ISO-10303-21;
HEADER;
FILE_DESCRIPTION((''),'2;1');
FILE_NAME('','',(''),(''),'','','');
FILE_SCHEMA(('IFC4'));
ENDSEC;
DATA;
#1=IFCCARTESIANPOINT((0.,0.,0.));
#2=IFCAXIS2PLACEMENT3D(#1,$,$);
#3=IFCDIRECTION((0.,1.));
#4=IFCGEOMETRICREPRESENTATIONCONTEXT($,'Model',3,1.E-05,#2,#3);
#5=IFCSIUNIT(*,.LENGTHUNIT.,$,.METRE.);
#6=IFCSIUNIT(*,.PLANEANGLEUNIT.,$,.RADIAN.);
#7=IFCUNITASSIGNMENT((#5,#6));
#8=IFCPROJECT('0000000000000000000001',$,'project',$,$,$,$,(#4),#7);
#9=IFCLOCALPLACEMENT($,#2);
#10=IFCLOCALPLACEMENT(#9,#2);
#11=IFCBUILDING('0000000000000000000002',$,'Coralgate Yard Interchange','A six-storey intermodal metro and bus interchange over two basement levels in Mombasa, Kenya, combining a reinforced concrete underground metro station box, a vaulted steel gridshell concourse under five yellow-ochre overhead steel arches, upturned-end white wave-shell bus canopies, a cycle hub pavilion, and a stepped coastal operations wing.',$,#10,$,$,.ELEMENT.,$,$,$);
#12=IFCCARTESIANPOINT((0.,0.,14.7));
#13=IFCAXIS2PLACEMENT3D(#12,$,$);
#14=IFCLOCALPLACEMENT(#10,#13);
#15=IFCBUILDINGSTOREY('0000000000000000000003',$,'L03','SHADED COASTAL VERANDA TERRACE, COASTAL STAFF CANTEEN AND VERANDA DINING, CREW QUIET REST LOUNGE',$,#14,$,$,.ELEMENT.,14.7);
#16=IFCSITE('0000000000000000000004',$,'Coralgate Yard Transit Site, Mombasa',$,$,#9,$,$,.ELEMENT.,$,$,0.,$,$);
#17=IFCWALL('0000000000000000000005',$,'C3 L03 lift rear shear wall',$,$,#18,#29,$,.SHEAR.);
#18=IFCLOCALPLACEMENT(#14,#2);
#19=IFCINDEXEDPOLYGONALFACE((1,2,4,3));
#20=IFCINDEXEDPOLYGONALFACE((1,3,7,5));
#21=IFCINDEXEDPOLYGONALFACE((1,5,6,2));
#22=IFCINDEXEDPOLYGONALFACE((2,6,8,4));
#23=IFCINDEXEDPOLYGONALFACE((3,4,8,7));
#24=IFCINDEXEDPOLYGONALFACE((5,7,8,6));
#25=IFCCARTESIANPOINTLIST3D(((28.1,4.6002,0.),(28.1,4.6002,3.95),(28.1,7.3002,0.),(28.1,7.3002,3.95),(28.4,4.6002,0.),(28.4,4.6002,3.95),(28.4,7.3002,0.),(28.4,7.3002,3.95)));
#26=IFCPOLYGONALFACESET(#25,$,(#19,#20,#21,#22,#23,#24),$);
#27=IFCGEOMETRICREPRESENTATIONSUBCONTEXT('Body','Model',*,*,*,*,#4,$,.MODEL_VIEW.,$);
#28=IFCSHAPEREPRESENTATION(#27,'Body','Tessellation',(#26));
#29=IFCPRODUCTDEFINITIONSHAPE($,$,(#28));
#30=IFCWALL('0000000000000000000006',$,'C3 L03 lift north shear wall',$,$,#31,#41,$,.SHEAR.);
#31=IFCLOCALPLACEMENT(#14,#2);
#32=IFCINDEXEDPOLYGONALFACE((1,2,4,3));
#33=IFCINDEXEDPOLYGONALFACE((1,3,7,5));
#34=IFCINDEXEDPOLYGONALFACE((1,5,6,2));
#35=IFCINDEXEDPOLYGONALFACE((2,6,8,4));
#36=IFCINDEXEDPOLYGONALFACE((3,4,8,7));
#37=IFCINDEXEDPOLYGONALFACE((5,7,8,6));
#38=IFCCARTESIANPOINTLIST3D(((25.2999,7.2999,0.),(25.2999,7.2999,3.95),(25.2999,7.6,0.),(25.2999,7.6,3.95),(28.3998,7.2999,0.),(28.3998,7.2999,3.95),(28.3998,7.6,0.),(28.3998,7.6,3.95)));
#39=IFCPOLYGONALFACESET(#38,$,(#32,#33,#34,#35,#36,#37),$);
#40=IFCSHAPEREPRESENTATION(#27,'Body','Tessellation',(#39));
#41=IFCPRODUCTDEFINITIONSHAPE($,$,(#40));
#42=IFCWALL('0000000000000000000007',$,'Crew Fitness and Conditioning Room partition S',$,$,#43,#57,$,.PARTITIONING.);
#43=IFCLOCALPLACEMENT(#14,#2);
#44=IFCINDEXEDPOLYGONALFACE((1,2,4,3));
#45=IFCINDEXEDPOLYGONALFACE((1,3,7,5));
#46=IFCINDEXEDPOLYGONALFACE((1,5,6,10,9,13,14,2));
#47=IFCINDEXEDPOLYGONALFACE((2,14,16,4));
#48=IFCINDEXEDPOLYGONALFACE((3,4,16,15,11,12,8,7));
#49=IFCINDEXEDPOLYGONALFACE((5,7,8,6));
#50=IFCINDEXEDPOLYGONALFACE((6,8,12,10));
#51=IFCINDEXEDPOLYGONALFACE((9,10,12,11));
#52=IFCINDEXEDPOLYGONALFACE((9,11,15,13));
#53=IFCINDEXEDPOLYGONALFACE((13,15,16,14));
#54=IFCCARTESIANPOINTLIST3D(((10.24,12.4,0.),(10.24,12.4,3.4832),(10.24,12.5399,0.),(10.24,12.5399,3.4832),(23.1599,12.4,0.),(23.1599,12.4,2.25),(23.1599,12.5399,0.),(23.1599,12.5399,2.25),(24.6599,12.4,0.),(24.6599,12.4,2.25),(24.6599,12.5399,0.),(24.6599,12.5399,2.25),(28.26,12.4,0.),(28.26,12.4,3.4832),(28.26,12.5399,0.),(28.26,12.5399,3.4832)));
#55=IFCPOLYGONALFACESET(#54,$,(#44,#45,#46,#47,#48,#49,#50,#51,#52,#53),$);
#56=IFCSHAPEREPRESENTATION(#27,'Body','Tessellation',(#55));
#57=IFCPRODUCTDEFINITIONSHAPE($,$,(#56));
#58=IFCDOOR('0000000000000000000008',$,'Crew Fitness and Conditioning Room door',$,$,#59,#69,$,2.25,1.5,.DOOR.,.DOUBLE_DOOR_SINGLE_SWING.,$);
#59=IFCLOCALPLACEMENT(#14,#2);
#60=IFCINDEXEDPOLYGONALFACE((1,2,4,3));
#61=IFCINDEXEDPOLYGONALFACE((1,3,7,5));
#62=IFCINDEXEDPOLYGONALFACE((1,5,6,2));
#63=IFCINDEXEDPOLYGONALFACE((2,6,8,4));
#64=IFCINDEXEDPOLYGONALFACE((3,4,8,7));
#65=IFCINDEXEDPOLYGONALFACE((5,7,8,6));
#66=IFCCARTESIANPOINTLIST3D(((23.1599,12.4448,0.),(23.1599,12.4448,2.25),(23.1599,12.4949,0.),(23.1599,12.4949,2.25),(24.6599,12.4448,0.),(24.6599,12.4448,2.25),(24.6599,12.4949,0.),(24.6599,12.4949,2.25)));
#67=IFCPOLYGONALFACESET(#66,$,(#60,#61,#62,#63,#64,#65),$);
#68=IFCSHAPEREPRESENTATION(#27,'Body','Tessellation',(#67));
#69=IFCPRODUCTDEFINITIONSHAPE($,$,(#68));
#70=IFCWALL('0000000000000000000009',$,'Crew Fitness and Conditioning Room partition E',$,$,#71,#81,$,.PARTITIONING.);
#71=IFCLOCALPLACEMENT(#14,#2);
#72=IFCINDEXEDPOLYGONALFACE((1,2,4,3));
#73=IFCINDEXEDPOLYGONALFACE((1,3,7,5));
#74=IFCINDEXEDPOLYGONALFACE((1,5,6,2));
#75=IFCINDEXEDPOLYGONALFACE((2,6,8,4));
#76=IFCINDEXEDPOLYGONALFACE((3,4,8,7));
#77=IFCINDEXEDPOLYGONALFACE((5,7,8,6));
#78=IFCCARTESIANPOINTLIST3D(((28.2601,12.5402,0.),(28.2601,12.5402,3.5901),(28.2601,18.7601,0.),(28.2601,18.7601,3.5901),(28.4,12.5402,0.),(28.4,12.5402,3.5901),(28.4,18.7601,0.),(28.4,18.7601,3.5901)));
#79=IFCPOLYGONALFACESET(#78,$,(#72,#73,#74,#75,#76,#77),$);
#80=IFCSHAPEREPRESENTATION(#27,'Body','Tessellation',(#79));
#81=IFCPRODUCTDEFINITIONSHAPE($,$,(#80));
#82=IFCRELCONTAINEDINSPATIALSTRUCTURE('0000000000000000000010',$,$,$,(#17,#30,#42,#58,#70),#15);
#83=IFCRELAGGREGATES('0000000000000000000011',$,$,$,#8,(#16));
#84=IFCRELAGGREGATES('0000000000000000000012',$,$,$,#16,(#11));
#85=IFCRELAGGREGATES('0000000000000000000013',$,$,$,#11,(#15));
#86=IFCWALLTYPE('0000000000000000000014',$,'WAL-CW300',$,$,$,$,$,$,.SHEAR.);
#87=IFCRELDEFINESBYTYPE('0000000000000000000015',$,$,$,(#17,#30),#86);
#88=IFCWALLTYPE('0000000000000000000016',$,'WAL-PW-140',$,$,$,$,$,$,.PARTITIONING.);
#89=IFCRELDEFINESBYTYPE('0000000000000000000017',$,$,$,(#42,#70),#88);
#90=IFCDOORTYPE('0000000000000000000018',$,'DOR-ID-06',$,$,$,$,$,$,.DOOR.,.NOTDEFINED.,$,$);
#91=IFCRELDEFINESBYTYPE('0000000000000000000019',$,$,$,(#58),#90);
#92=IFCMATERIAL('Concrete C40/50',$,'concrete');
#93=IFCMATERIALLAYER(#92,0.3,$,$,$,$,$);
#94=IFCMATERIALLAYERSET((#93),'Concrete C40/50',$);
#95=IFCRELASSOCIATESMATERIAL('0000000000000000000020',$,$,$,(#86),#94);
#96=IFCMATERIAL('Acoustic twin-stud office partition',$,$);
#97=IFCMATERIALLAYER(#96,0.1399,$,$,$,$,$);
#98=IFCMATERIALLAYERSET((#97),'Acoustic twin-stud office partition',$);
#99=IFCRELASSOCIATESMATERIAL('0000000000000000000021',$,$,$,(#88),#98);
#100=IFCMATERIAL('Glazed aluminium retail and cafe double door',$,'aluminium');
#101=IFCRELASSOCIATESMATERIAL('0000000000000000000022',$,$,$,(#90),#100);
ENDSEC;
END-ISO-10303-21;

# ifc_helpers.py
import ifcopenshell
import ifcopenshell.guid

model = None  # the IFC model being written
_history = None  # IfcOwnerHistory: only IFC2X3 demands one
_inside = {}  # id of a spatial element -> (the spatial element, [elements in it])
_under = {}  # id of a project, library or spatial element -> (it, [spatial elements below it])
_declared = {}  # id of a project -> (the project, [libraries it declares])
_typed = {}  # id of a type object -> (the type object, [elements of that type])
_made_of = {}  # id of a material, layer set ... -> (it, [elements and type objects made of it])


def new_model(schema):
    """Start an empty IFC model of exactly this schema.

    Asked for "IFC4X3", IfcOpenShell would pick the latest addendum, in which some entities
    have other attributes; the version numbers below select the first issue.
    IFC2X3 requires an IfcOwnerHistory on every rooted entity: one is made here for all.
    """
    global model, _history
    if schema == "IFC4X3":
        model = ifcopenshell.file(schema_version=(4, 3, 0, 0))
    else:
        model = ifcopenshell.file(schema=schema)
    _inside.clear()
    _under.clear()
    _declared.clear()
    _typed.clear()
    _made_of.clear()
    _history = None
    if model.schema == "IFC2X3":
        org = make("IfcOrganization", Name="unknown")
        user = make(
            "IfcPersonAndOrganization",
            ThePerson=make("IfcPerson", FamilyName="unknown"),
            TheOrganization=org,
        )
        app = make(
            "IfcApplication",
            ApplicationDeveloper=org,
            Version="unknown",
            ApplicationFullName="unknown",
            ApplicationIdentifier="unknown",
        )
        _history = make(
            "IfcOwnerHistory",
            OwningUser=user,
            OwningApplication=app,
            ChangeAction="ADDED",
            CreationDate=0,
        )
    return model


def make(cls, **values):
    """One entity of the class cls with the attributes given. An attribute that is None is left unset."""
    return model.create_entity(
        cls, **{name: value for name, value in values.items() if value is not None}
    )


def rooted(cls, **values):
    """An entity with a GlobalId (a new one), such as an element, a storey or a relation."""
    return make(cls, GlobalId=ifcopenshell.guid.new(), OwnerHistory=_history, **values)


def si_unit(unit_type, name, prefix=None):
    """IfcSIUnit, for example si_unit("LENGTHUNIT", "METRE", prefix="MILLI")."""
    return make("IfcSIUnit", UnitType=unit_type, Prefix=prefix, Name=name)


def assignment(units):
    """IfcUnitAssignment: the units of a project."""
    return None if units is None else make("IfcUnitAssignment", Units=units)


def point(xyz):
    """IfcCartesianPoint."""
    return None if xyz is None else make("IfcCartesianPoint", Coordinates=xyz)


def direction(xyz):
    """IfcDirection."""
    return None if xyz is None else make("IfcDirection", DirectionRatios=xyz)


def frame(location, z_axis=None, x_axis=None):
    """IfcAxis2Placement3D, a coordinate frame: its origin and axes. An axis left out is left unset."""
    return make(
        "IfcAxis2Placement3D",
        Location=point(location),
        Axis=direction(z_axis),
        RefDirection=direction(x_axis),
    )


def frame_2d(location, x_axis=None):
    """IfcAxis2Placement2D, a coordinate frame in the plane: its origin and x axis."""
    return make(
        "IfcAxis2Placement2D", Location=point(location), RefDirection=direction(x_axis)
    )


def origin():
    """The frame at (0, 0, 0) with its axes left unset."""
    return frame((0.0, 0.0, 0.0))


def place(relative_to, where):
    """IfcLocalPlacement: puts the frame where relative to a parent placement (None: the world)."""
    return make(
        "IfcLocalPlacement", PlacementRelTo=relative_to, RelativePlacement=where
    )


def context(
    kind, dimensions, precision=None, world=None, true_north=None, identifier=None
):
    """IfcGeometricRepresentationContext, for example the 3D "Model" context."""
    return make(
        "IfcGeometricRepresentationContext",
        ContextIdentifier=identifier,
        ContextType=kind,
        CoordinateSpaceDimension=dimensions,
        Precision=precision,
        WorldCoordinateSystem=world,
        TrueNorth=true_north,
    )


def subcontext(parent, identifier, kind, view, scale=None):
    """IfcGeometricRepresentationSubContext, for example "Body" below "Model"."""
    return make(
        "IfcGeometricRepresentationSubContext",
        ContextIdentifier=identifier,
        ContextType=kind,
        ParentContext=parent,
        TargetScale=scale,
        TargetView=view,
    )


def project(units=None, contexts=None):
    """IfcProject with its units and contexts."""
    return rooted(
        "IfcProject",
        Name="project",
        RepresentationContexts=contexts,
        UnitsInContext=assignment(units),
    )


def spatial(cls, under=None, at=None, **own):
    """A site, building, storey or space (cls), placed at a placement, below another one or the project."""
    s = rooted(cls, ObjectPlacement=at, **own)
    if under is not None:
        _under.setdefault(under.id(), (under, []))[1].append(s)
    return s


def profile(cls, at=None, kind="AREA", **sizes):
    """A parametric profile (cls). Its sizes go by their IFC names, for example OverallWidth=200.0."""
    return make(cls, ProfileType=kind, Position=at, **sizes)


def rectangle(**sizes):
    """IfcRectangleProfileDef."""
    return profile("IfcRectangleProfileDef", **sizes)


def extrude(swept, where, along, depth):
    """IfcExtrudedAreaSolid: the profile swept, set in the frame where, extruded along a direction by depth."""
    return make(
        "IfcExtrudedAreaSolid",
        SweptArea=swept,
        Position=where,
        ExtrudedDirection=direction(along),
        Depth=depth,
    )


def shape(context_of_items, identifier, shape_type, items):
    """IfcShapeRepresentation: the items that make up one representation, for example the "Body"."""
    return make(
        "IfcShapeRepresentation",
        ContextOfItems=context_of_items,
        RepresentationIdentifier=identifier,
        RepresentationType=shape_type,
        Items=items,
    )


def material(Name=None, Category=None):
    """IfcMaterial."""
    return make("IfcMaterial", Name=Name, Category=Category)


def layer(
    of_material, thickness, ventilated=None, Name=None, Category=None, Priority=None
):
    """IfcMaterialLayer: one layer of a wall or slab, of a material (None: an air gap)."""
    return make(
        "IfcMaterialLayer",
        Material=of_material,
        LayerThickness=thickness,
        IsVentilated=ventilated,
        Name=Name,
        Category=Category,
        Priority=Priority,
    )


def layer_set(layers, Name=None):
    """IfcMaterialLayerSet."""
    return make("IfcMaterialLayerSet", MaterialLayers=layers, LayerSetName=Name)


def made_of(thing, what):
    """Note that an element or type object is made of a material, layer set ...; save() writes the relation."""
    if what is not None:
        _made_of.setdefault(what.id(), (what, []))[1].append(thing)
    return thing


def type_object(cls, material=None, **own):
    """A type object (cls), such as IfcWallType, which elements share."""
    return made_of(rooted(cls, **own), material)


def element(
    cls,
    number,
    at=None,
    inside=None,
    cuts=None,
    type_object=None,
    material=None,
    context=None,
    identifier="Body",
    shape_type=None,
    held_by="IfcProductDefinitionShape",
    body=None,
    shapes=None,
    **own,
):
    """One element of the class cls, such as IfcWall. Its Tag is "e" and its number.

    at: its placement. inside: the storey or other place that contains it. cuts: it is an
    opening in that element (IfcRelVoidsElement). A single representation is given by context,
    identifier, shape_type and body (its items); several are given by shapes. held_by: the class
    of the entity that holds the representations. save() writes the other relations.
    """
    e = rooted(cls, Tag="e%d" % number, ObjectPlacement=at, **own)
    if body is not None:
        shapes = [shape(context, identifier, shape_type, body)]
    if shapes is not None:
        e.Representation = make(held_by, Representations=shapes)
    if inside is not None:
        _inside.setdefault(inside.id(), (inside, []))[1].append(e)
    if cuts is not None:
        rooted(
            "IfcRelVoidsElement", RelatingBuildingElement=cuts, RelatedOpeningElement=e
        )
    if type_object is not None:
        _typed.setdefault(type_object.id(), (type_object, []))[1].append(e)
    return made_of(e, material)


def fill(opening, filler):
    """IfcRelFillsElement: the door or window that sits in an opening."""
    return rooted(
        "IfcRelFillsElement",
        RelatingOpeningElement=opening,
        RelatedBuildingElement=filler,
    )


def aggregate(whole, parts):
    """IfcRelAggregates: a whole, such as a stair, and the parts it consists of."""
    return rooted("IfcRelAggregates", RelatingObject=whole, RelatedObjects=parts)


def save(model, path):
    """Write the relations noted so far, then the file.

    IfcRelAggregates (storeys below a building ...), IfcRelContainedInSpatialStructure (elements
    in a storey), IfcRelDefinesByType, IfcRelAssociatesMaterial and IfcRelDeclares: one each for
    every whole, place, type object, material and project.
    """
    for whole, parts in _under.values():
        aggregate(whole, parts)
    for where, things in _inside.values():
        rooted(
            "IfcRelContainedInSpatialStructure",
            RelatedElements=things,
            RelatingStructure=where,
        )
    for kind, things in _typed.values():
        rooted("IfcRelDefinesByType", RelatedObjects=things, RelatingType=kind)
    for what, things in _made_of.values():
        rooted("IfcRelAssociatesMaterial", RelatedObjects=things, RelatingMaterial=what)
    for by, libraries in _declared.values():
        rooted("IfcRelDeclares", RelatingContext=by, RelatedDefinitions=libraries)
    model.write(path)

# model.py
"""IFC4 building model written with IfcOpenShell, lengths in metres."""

from ifc_helpers import new_model, si_unit, direction, frame, frame_2d, origin, place, context, subcontext, project, spatial, rectangle, extrude, material, layer, layer_set, type_object, element, fill, save


model = new_model("IFC4")

# Units and contexts
model_context = context("Model", 3, precision=1e-05, world=origin(), true_north=direction((0.0, 1.0)))
body_context = subcontext(model_context, "Body", "Model", "MODEL_VIEW")
ifc_project = project(units=[si_unit("LENGTHUNIT", "METRE"), si_unit("PLANEANGLEUNIT", "RADIAN")], contexts=[model_context])

# Site, building, storey
site_placement = place(None, origin())
site = spatial("IfcSite", under=ifc_project, at=site_placement, Name="Coralgate Yard Transit Site, Mombasa", CompositionType="ELEMENT", RefElevation=0.0)
building_placement = place(site_placement, origin())
building = spatial("IfcBuilding", under=site, at=building_placement, Name="Coralgate Yard Interchange", Description="A six-storey intermodal metro and bus interchange over two basement levels in Mombasa, Kenya, combining a reinforced concrete underground metro station box, a vaulted steel gridshell concourse under five yellow-ochre overhead steel arches, upturned-end white wave-shell bus canopies, a cycle hub pavilion, and a stepped coastal operations wing.", CompositionType="ELEMENT")
storey_placement = place(building_placement, frame((0.0, 0.0, 14.7)))
storey = spatial("IfcBuildingStorey", under=building, at=storey_placement, Name="L03", Description="SHADED COASTAL VERANDA TERRACE, COASTAL STAFF CANTEEN AND VERANDA DINING, CREW QUIET REST LOUNGE", CompositionType="ELEMENT", Elevation=14.7)

# Shared definitions
ifc_material_1 = material(Name="Concrete C40/50", Category="concrete")
ifc_layer_1 = layer(ifc_material_1, 0.3)
ifc_layer_set_1 = layer_set([ifc_layer_1], Name="Concrete C40/50")
wall_type_1 = type_object("IfcWallType", Name="WAL-CW300", PredefinedType="SHEAR", material=ifc_layer_set_1)

# Walls
wall_1_placement = place(storey_placement, frame((28.25, 4.6001, 0.0), z_axis=(0.0, 0.0, 1.0), x_axis=(0.0, 1.0, 0.0)))
element("IfcWall", 1, at=wall_1_placement, inside=storey, type_object=wall_type_1, Name="C3 L03 lift rear shear wall", PredefinedType="SHEAR", context=body_context, shape_type="SweptSolid", body=[
    extrude(rectangle(XDim=2.7, YDim=0.3, at=frame_2d((1.3501, 0.0))), origin(), (0.0, 0.0, 1.0), 3.95),
])
wall_2_placement = place(storey_placement, frame((25.3, 7.45, 0.0), z_axis=(0.0, 0.0, 1.0), x_axis=(1.0, 0.0, 0.0)))
element("IfcWall", 2, at=wall_2_placement, inside=storey, type_object=wall_type_1, Name="C3 L03 lift north shear wall", PredefinedType="SHEAR", context=body_context, shape_type="SweptSolid", body=[
    extrude(rectangle(XDim=3.0999, YDim=0.3, at=frame_2d((1.5498, 0.0))), origin(), (0.0, 0.0, 1.0), 3.95),
])

# Wall, opening, door
ifc_material_2 = material(Name="Acoustic twin-stud office partition")
ifc_layer_2 = layer(ifc_material_2, 0.1399)
ifc_layer_set_2 = layer_set([ifc_layer_2], Name="Acoustic twin-stud office partition")
wall_type_2 = type_object("IfcWallType", Name="WAL-PW-140", PredefinedType="PARTITIONING", material=ifc_layer_set_2)
wall_3_placement = place(storey_placement, frame((28.26, 12.47, 0.0), z_axis=(0.0, 0.0, 1.0), x_axis=(-1.0, 0.0, 0.0)))
wall_3 = element("IfcWall", 3, at=wall_3_placement, inside=storey, type_object=wall_type_2, Name="Crew Fitness and Conditioning Room partition S", PredefinedType="PARTITIONING", context=body_context, shape_type="SweptSolid", body=[
    extrude(rectangle(XDim=18.02, YDim=0.1399, at=frame_2d((9.01, 0.0))), origin(), (0.0, 0.0, 1.0), 3.4832),
])
opening_1_placement = place(wall_3_placement, frame((3.6001, 0.0, 0.0)))
opening_1 = element("IfcOpeningElement", 4, at=opening_1_placement, cuts=wall_3, PredefinedType="OPENING", context=body_context, shape_type="SweptSolid", body=[
    extrude(rectangle(XDim=1.5, YDim=2.25, at=frame_2d((0.75, 1.125))), frame((0.0, 0.0798, 0.0), z_axis=(0.0, -1.0, 0.0), x_axis=(1.0, 0.0, 0.0)), (0.0, 0.0, 1.0), 0.1599),
])
ifc_material_3 = material(Name="Glazed aluminium retail and cafe double door", Category="aluminium")
door_type_1 = type_object("IfcDoorType", Name="DOR-ID-06", OperationType="NOTDEFINED", PredefinedType="DOOR", material=ifc_material_3)
door_1_placement = place(opening_1_placement, frame((1.5, 0.0, 0.0), z_axis=(0.0, 0.0, 1.0), x_axis=(-1.0, 0.0, 0.0)))
door_1 = element("IfcDoor", 5, at=door_1_placement, inside=storey, type_object=door_type_1, Name="Crew Fitness and Conditioning Room door", OperationType="DOUBLE_DOOR_SINGLE_SWING", OverallHeight=2.25, OverallWidth=1.5, PredefinedType="DOOR", context=body_context, shape_type="SweptSolid", body=[
    extrude(rectangle(XDim=1.5, YDim=2.25, at=frame_2d((0.75, 1.125))), frame((0.0, 0.0249, 0.0), z_axis=(0.0, -1.0, 0.0), x_axis=(1.0, 0.0, 0.0)), (0.0, 0.0, 1.0), 0.05),
])
fill(opening_1, door_1)

# Wall
wall_4_placement = place(storey_placement, frame((28.3301, 18.76, 0.0), z_axis=(0.0, 0.0, 1.0), x_axis=(0.0, -1.0, 0.0)))
element("IfcWall", 6, at=wall_4_placement, inside=storey, type_object=wall_type_2, Name="Crew Fitness and Conditioning Room partition E", PredefinedType="PARTITIONING", context=body_context, shape_type="SweptSolid", body=[
    extrude(rectangle(XDim=6.22, YDim=0.1399, at=frame_2d((3.1099, 0.0))), origin(), (0.0, 0.0, 1.0), 3.5901),
])

save(model, "model.ifc")
